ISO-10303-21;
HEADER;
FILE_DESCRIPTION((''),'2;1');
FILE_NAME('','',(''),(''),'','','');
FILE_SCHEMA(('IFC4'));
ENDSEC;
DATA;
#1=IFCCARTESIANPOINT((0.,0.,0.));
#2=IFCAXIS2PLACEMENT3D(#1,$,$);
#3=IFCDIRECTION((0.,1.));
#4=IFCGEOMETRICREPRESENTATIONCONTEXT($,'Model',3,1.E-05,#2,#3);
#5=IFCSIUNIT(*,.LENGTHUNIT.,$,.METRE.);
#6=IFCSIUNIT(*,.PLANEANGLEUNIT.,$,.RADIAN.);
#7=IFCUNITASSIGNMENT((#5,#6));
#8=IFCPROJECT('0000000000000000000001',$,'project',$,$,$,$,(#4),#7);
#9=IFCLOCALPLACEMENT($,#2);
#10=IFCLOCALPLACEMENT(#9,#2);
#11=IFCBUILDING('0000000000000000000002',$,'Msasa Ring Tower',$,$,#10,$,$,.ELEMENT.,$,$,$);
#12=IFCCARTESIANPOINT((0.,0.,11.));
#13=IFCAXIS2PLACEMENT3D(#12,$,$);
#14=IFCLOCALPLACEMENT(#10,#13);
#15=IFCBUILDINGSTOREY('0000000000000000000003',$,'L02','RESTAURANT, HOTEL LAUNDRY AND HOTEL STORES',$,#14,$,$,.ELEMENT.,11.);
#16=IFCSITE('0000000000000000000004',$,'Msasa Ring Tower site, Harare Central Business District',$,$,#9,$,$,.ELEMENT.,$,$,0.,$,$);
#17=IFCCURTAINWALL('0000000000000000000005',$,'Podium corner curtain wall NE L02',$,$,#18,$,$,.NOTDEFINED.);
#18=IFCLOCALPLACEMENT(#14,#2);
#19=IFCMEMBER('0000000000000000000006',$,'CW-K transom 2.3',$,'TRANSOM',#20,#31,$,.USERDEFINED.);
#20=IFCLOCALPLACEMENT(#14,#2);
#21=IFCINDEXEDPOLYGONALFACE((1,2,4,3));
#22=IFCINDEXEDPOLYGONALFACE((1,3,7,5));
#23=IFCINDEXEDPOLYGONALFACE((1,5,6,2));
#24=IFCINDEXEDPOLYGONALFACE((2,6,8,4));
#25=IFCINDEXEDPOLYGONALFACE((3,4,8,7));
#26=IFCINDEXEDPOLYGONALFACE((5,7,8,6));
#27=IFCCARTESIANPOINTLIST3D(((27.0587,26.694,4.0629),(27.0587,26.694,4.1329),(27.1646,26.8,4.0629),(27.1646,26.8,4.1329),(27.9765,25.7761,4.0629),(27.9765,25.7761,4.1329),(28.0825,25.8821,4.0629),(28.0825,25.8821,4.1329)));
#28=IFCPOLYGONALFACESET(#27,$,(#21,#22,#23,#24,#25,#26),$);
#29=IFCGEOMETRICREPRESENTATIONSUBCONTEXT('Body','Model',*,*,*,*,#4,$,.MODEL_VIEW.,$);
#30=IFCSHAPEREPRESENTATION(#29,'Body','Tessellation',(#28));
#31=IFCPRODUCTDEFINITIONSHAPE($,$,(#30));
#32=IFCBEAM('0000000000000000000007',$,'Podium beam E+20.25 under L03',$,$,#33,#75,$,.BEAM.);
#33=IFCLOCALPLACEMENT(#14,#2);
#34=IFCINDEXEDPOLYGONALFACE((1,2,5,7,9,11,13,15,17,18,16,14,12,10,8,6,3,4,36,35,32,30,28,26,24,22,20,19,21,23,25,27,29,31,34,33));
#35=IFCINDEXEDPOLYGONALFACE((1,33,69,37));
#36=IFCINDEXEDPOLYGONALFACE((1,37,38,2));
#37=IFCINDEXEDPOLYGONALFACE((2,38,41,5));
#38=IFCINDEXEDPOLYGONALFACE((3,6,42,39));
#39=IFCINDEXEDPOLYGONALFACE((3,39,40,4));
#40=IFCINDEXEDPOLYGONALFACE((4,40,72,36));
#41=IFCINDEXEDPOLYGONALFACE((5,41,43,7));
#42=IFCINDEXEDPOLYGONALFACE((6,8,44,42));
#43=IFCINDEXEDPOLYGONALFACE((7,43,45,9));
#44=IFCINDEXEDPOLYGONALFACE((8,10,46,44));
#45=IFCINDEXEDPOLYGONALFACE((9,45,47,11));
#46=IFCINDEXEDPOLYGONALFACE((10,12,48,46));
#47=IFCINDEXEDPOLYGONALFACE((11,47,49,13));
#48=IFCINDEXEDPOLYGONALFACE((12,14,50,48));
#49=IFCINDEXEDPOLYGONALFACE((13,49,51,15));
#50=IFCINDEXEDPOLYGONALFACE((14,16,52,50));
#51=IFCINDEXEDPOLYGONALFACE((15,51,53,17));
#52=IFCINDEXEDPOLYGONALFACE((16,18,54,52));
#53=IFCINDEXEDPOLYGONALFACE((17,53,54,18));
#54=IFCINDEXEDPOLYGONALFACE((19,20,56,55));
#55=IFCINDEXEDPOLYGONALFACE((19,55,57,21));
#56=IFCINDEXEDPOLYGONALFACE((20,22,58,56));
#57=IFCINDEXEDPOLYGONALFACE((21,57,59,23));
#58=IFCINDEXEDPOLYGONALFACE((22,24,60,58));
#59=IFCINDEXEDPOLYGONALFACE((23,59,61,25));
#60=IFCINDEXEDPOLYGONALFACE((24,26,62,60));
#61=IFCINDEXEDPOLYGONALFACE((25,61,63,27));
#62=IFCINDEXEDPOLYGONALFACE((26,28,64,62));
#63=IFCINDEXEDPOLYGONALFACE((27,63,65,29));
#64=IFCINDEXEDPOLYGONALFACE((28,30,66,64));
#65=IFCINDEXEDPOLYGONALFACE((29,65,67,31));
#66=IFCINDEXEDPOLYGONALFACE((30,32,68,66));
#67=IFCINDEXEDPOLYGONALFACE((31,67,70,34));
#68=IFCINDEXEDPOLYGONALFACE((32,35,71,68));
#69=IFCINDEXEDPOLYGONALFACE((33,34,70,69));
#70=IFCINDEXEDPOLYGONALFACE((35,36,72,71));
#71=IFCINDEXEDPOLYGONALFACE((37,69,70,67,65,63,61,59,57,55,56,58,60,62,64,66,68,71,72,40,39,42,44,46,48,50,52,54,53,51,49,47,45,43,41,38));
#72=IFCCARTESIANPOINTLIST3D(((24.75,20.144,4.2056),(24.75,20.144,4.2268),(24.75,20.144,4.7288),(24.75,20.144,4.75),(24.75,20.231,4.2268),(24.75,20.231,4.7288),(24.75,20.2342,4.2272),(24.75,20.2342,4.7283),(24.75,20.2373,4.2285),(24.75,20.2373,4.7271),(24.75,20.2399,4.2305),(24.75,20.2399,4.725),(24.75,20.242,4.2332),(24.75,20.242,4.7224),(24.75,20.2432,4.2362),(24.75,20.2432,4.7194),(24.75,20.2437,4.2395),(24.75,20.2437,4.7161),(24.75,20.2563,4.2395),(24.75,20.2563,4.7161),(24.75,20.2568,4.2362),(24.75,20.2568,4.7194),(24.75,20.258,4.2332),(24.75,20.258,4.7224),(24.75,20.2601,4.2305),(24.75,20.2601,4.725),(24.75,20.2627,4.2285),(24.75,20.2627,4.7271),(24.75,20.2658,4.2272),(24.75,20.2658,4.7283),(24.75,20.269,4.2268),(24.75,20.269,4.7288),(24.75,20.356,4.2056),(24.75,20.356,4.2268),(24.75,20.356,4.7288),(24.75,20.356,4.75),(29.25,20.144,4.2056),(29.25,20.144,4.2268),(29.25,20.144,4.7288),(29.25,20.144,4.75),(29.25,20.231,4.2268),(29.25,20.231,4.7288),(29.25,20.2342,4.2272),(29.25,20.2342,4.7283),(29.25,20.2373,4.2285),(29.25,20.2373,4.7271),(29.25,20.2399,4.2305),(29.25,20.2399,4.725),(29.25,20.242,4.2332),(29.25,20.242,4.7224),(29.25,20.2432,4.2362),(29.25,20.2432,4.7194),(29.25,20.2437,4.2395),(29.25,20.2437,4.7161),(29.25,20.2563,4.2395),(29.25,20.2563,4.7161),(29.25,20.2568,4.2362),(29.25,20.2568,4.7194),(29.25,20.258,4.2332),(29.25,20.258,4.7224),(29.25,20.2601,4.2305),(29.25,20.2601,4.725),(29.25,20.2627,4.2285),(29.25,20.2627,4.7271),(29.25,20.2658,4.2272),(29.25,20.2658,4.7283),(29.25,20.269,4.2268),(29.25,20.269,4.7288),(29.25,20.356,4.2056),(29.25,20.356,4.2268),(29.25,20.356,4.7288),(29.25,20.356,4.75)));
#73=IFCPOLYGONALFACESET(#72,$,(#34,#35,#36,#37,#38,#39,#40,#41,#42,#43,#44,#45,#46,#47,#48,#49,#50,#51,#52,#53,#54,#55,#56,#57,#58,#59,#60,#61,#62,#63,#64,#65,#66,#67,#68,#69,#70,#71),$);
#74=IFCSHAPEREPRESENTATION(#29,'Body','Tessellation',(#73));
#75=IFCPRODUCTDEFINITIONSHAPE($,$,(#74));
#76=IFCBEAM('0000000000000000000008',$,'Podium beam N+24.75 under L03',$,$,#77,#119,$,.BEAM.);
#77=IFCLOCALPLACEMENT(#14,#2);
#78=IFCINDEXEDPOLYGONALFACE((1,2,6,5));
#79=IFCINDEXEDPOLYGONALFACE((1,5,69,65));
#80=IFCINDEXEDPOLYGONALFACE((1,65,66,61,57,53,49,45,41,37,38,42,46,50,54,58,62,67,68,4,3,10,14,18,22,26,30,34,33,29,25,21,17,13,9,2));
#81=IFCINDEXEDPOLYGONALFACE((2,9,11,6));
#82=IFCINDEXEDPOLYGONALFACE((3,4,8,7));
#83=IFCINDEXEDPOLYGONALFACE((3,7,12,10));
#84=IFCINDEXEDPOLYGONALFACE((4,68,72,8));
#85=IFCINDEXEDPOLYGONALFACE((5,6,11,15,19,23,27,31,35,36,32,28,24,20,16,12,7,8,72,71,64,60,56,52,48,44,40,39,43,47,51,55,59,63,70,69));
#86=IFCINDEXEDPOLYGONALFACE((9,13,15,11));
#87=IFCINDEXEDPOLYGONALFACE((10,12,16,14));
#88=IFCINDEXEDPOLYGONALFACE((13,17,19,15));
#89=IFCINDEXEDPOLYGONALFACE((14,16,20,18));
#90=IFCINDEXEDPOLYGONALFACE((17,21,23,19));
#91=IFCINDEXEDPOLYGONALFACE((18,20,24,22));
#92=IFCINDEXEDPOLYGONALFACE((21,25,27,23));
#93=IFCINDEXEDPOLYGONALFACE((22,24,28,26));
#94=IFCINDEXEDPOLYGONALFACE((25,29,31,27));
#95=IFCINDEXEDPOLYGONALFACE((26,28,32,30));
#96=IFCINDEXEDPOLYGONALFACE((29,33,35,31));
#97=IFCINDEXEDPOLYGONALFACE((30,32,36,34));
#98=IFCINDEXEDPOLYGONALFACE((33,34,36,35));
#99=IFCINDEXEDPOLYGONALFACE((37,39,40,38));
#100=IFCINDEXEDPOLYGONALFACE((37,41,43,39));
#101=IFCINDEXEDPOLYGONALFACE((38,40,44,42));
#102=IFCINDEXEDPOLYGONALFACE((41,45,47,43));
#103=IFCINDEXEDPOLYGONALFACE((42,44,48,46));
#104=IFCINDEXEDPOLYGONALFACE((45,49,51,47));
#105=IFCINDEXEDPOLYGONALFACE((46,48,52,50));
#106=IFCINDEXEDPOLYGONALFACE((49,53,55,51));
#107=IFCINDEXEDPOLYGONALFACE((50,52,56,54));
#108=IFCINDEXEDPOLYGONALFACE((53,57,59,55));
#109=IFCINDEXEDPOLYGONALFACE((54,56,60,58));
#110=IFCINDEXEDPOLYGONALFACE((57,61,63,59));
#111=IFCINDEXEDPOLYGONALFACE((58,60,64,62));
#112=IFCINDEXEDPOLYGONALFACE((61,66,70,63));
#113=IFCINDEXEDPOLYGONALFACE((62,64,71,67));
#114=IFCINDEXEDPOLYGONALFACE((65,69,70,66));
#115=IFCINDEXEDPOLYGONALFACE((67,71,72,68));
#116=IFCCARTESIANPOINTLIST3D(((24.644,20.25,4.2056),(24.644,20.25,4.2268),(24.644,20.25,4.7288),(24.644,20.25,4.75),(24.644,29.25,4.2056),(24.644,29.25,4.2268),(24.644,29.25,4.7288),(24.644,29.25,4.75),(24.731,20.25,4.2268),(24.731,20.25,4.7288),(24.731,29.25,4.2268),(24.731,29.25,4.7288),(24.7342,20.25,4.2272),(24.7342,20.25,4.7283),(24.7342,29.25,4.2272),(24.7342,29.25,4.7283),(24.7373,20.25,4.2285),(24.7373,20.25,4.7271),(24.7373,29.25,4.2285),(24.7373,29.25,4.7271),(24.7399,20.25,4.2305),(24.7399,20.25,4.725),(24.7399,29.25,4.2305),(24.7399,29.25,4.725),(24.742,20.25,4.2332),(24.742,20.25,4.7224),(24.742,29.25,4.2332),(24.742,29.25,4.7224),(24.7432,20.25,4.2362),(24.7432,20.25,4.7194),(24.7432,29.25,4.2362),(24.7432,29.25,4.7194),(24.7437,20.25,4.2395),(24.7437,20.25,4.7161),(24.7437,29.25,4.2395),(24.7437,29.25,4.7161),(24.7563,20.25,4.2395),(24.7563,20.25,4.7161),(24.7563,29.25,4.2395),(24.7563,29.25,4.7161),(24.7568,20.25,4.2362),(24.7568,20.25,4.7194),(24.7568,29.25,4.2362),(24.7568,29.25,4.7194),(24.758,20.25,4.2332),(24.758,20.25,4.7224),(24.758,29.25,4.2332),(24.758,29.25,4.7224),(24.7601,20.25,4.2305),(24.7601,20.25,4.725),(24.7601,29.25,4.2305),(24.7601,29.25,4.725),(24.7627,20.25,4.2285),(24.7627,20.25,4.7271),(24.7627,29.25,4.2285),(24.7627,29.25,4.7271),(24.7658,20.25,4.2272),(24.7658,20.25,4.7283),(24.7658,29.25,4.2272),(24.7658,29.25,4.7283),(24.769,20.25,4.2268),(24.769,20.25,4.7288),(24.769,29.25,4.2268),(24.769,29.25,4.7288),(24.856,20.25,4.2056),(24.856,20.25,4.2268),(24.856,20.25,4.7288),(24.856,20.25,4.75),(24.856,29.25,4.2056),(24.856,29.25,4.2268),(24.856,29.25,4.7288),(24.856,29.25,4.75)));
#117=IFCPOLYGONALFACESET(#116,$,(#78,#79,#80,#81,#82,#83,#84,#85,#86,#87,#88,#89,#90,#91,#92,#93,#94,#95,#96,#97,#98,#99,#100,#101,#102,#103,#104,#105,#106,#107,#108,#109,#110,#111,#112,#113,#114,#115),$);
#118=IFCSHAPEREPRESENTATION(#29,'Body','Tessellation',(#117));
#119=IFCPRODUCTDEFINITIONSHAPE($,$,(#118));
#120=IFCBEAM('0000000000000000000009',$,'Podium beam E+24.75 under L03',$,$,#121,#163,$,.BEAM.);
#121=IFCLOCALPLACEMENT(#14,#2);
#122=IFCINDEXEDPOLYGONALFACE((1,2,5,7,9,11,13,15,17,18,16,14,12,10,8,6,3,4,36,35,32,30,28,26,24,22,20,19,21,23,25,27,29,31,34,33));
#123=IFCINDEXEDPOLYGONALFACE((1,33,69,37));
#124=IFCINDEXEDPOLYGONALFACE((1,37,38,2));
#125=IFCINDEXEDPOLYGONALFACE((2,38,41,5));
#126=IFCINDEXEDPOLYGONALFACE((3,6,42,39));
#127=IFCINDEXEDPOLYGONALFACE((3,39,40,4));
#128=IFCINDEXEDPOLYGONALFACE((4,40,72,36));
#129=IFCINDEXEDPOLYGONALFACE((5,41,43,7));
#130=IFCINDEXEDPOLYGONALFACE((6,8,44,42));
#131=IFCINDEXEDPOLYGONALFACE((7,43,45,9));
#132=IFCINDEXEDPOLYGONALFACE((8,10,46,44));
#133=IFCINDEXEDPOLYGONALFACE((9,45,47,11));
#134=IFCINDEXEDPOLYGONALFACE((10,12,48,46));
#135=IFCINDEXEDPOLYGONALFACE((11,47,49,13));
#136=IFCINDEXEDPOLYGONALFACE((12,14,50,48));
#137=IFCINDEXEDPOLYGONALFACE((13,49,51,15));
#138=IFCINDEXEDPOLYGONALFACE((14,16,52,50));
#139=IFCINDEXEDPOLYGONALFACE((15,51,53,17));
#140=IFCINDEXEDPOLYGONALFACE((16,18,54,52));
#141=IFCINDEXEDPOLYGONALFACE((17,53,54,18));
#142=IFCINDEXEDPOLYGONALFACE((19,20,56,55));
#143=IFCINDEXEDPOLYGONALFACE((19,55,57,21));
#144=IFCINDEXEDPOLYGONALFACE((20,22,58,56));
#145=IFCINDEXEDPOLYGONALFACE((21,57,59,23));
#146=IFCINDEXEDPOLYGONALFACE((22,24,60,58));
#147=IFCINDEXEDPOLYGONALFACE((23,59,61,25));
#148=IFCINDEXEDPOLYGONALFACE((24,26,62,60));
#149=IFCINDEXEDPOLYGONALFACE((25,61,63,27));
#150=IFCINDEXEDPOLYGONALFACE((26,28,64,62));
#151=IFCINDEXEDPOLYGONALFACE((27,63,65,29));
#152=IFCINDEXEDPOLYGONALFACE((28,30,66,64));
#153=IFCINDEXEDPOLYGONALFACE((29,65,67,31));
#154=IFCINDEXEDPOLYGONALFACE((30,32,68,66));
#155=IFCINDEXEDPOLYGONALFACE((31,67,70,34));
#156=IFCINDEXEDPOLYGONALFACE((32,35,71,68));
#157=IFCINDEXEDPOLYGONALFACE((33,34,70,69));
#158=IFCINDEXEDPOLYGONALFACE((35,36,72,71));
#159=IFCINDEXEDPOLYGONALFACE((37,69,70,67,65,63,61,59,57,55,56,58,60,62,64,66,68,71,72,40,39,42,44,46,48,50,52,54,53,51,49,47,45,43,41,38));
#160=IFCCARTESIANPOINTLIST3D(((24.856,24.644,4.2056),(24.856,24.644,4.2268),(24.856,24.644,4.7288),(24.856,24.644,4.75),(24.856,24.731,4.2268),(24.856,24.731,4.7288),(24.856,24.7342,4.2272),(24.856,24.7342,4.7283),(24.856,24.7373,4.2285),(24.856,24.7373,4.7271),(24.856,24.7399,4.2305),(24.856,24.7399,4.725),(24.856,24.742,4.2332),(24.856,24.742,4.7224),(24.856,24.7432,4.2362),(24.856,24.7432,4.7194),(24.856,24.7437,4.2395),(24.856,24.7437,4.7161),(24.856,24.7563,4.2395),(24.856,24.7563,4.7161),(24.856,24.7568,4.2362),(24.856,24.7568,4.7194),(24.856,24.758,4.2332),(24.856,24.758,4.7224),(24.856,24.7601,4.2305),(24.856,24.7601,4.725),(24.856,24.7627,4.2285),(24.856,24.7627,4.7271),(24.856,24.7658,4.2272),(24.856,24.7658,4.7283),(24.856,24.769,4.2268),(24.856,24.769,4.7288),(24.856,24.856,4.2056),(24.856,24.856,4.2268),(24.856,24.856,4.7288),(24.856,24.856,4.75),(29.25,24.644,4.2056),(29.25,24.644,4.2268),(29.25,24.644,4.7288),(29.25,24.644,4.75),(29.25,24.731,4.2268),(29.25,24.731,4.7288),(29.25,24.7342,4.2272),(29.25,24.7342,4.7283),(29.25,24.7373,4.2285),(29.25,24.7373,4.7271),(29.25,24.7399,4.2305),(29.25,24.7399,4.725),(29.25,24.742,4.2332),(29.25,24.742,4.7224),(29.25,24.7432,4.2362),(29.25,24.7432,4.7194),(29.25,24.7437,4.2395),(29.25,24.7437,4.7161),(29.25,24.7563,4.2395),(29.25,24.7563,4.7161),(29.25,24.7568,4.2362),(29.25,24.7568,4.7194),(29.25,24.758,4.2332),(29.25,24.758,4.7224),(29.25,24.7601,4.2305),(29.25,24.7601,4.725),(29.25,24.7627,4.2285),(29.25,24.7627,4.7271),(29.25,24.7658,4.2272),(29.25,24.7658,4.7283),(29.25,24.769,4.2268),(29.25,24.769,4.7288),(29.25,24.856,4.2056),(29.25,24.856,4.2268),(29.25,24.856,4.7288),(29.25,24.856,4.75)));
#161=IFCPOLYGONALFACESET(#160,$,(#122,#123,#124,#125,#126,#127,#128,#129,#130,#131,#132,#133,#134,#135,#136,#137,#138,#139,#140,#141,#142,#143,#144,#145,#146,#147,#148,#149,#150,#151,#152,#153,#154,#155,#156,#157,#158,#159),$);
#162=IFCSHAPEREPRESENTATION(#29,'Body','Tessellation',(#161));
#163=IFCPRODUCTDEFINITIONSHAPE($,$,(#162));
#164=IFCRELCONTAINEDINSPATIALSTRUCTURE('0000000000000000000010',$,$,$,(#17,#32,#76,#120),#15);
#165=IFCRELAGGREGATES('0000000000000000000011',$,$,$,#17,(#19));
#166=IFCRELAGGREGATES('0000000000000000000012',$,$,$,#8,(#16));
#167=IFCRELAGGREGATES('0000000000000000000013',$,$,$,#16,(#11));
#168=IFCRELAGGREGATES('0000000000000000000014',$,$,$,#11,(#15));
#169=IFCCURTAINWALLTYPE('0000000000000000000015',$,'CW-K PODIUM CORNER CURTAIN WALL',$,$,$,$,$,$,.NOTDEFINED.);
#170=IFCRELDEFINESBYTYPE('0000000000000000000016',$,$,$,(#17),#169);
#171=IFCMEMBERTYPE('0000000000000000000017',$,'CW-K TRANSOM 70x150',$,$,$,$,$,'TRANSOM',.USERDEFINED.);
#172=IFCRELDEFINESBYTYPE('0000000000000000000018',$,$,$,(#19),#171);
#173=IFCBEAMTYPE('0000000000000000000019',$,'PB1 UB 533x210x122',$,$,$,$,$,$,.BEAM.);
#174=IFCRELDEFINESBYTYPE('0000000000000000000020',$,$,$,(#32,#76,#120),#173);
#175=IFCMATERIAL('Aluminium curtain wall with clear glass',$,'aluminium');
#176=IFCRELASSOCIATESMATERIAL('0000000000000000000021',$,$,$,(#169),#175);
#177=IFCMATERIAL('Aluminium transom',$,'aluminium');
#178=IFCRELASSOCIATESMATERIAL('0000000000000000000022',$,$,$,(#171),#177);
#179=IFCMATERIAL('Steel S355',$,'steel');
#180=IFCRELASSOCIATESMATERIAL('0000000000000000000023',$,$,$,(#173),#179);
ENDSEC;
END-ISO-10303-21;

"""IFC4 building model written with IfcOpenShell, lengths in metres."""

from ifc_helpers import new_model, si_unit, direction, frame, origin, origin_2d, place, context, subcontext, project, spatial, rectangle, i_section, extrude, material, material_profile, profile_set, type_object, element, aggregate, save


model = new_model("IFC4")

# Units and contexts
model_context = context("Model", 3, precision=1e-05, world=origin(), true_north=direction((0.0, 1.0)))
body_context = subcontext(model_context, "Body", "Model", "MODEL_VIEW")
ifc_project = project(units=[si_unit("LENGTHUNIT", "METRE"), si_unit("PLANEANGLEUNIT", "RADIAN")], contexts=[model_context])

# Site, building, storey
site_placement = place(None, origin())
site = spatial("IfcSite", under=ifc_project, at=site_placement, Name="Msasa Ring Tower site, Harare Central Business District", CompositionType="ELEMENT", RefElevation=0.0)
building_placement = place(site_placement, origin())
building = spatial("IfcBuilding", under=site, at=building_placement, Name="Msasa Ring Tower", CompositionType="ELEMENT")
storey_placement = place(building_placement, frame((0.0, 0.0, 11.0)))
storey = spatial("IfcBuildingStorey", under=building, at=storey_placement, Name="L02", Description="RESTAURANT, HOTEL LAUNDRY AND HOTEL STORES", CompositionType="ELEMENT", Elevation=11.0)

# Curtain wall
ifc_material_1 = material(Name="Aluminium curtain wall with clear glass", Category="aluminium")
curtain_wall_type = type_object("IfcCurtainWallType", Name="CW-K PODIUM CORNER CURTAIN WALL", PredefinedType="NOTDEFINED", material=ifc_material_1)
curtain_wall_1_placement = place(storey_placement, origin())
curtain_wall_1 = element("IfcCurtainWall", 1, at=curtain_wall_1_placement, inside=storey, type_object=curtain_wall_type, Name="Podium corner curtain wall NE L02", PredefinedType="NOTDEFINED")

# Member
ifc_material_2 = material(Name="Aluminium transom", Category="aluminium")
ifc_material_profile_1 = material_profile(ifc_material_2, rectangle(XDim=0.1499, YDim=0.0701, at=origin_2d()), Name="AL 70x150")
ifc_profile_set_1 = profile_set([ifc_material_profile_1], Name="Aluminium transom")
member_type_1 = type_object("IfcMemberType", Name="CW-K TRANSOM 70x150", ElementType="TRANSOM", PredefinedType="USERDEFINED", material=ifc_profile_set_1)
member_1_placement = place(storey_placement, frame((28.0295, 25.8291, 4.0979), z_axis=(-0.707107, 0.707107, 0.0), x_axis=(-0.707107, -0.707107, 0.0)))
member_1 = element("IfcMember", 2, at=member_1_placement, type_object=member_type_1, Name="CW-K transom 2.3", ObjectType="TRANSOM", PredefinedType="USERDEFINED", context=body_context, shape_type="SweptSolid", body=[
    extrude(rectangle(XDim=0.1499, YDim=0.0701, at=origin_2d()), origin(), (0.0, 0.0, 1.0), 1.2981),
])

# Beams
ifc_material_3 = material(Name="Steel S355", Category="steel")
ifc_material_profile_2 = material_profile(ifc_material_3, i_section(OverallWidth=0.2119, OverallDepth=0.5444, WebThickness=0.0127, FlangeThickness=0.0212, FilletRadius=0.0127, at=origin_2d()), Name="UB 533x210x122")
ifc_profile_set_2 = profile_set([ifc_material_profile_2], Name="Steel S355")
beam_type_1 = type_object("IfcBeamType", Name="PB1 UB 533x210x122", PredefinedType="BEAM", material=ifc_profile_set_2)
beam_1_placement = place(storey_placement, frame((29.25, 20.25, 4.4778), z_axis=(-1.0, 0.0, 0.0), x_axis=(0.0, -1.0, 0.0)))
element("IfcBeam", 3, at=beam_1_placement, inside=storey, type_object=beam_type_1, Name="Podium beam E+20.25 under L03", PredefinedType="BEAM", context=body_context, shape_type="SweptSolid", body=[
    extrude(i_section(OverallWidth=0.2119, OverallDepth=0.5444, WebThickness=0.0127, FlangeThickness=0.0212, FilletRadius=0.0127, at=origin_2d()), origin(), (0.0, 0.0, 1.0), 4.5),
])
beam_2_placement = place(storey_placement, frame((24.75, 29.25, 4.4778), z_axis=(0.0, -1.0, 0.0), x_axis=(1.0, 0.0, 0.0)))
element("IfcBeam", 4, at=beam_2_placement, inside=storey, type_object=beam_type_1, Name="Podium beam N+24.75 under L03", PredefinedType="BEAM", context=body_context, shape_type="SweptSolid", body=[
    extrude(i_section(OverallWidth=0.2119, OverallDepth=0.5444, WebThickness=0.0127, FlangeThickness=0.0212, FilletRadius=0.0127, at=origin_2d()), origin(), (0.0, 0.0, 1.0), 9.0),
])
beam_3_placement = place(storey_placement, frame((29.25, 24.75, 4.4778), z_axis=(-1.0, 0.0, 0.0), x_axis=(0.0, -1.0, 0.0)))
element("IfcBeam", 5, at=beam_3_placement, inside=storey, type_object=beam_type_1, Name="Podium beam E+24.75 under L03", PredefinedType="BEAM", context=body_context, shape_type="SweptSolid", body=[
    extrude(i_section(OverallWidth=0.2119, OverallDepth=0.5444, WebThickness=0.0127, FlangeThickness=0.0212, FilletRadius=0.0127, at=origin_2d()), origin(), (0.0, 0.0, 1.0), 4.394),
])

aggregate(curtain_wall_1, [member_1])

save(model, "model.ifc")
